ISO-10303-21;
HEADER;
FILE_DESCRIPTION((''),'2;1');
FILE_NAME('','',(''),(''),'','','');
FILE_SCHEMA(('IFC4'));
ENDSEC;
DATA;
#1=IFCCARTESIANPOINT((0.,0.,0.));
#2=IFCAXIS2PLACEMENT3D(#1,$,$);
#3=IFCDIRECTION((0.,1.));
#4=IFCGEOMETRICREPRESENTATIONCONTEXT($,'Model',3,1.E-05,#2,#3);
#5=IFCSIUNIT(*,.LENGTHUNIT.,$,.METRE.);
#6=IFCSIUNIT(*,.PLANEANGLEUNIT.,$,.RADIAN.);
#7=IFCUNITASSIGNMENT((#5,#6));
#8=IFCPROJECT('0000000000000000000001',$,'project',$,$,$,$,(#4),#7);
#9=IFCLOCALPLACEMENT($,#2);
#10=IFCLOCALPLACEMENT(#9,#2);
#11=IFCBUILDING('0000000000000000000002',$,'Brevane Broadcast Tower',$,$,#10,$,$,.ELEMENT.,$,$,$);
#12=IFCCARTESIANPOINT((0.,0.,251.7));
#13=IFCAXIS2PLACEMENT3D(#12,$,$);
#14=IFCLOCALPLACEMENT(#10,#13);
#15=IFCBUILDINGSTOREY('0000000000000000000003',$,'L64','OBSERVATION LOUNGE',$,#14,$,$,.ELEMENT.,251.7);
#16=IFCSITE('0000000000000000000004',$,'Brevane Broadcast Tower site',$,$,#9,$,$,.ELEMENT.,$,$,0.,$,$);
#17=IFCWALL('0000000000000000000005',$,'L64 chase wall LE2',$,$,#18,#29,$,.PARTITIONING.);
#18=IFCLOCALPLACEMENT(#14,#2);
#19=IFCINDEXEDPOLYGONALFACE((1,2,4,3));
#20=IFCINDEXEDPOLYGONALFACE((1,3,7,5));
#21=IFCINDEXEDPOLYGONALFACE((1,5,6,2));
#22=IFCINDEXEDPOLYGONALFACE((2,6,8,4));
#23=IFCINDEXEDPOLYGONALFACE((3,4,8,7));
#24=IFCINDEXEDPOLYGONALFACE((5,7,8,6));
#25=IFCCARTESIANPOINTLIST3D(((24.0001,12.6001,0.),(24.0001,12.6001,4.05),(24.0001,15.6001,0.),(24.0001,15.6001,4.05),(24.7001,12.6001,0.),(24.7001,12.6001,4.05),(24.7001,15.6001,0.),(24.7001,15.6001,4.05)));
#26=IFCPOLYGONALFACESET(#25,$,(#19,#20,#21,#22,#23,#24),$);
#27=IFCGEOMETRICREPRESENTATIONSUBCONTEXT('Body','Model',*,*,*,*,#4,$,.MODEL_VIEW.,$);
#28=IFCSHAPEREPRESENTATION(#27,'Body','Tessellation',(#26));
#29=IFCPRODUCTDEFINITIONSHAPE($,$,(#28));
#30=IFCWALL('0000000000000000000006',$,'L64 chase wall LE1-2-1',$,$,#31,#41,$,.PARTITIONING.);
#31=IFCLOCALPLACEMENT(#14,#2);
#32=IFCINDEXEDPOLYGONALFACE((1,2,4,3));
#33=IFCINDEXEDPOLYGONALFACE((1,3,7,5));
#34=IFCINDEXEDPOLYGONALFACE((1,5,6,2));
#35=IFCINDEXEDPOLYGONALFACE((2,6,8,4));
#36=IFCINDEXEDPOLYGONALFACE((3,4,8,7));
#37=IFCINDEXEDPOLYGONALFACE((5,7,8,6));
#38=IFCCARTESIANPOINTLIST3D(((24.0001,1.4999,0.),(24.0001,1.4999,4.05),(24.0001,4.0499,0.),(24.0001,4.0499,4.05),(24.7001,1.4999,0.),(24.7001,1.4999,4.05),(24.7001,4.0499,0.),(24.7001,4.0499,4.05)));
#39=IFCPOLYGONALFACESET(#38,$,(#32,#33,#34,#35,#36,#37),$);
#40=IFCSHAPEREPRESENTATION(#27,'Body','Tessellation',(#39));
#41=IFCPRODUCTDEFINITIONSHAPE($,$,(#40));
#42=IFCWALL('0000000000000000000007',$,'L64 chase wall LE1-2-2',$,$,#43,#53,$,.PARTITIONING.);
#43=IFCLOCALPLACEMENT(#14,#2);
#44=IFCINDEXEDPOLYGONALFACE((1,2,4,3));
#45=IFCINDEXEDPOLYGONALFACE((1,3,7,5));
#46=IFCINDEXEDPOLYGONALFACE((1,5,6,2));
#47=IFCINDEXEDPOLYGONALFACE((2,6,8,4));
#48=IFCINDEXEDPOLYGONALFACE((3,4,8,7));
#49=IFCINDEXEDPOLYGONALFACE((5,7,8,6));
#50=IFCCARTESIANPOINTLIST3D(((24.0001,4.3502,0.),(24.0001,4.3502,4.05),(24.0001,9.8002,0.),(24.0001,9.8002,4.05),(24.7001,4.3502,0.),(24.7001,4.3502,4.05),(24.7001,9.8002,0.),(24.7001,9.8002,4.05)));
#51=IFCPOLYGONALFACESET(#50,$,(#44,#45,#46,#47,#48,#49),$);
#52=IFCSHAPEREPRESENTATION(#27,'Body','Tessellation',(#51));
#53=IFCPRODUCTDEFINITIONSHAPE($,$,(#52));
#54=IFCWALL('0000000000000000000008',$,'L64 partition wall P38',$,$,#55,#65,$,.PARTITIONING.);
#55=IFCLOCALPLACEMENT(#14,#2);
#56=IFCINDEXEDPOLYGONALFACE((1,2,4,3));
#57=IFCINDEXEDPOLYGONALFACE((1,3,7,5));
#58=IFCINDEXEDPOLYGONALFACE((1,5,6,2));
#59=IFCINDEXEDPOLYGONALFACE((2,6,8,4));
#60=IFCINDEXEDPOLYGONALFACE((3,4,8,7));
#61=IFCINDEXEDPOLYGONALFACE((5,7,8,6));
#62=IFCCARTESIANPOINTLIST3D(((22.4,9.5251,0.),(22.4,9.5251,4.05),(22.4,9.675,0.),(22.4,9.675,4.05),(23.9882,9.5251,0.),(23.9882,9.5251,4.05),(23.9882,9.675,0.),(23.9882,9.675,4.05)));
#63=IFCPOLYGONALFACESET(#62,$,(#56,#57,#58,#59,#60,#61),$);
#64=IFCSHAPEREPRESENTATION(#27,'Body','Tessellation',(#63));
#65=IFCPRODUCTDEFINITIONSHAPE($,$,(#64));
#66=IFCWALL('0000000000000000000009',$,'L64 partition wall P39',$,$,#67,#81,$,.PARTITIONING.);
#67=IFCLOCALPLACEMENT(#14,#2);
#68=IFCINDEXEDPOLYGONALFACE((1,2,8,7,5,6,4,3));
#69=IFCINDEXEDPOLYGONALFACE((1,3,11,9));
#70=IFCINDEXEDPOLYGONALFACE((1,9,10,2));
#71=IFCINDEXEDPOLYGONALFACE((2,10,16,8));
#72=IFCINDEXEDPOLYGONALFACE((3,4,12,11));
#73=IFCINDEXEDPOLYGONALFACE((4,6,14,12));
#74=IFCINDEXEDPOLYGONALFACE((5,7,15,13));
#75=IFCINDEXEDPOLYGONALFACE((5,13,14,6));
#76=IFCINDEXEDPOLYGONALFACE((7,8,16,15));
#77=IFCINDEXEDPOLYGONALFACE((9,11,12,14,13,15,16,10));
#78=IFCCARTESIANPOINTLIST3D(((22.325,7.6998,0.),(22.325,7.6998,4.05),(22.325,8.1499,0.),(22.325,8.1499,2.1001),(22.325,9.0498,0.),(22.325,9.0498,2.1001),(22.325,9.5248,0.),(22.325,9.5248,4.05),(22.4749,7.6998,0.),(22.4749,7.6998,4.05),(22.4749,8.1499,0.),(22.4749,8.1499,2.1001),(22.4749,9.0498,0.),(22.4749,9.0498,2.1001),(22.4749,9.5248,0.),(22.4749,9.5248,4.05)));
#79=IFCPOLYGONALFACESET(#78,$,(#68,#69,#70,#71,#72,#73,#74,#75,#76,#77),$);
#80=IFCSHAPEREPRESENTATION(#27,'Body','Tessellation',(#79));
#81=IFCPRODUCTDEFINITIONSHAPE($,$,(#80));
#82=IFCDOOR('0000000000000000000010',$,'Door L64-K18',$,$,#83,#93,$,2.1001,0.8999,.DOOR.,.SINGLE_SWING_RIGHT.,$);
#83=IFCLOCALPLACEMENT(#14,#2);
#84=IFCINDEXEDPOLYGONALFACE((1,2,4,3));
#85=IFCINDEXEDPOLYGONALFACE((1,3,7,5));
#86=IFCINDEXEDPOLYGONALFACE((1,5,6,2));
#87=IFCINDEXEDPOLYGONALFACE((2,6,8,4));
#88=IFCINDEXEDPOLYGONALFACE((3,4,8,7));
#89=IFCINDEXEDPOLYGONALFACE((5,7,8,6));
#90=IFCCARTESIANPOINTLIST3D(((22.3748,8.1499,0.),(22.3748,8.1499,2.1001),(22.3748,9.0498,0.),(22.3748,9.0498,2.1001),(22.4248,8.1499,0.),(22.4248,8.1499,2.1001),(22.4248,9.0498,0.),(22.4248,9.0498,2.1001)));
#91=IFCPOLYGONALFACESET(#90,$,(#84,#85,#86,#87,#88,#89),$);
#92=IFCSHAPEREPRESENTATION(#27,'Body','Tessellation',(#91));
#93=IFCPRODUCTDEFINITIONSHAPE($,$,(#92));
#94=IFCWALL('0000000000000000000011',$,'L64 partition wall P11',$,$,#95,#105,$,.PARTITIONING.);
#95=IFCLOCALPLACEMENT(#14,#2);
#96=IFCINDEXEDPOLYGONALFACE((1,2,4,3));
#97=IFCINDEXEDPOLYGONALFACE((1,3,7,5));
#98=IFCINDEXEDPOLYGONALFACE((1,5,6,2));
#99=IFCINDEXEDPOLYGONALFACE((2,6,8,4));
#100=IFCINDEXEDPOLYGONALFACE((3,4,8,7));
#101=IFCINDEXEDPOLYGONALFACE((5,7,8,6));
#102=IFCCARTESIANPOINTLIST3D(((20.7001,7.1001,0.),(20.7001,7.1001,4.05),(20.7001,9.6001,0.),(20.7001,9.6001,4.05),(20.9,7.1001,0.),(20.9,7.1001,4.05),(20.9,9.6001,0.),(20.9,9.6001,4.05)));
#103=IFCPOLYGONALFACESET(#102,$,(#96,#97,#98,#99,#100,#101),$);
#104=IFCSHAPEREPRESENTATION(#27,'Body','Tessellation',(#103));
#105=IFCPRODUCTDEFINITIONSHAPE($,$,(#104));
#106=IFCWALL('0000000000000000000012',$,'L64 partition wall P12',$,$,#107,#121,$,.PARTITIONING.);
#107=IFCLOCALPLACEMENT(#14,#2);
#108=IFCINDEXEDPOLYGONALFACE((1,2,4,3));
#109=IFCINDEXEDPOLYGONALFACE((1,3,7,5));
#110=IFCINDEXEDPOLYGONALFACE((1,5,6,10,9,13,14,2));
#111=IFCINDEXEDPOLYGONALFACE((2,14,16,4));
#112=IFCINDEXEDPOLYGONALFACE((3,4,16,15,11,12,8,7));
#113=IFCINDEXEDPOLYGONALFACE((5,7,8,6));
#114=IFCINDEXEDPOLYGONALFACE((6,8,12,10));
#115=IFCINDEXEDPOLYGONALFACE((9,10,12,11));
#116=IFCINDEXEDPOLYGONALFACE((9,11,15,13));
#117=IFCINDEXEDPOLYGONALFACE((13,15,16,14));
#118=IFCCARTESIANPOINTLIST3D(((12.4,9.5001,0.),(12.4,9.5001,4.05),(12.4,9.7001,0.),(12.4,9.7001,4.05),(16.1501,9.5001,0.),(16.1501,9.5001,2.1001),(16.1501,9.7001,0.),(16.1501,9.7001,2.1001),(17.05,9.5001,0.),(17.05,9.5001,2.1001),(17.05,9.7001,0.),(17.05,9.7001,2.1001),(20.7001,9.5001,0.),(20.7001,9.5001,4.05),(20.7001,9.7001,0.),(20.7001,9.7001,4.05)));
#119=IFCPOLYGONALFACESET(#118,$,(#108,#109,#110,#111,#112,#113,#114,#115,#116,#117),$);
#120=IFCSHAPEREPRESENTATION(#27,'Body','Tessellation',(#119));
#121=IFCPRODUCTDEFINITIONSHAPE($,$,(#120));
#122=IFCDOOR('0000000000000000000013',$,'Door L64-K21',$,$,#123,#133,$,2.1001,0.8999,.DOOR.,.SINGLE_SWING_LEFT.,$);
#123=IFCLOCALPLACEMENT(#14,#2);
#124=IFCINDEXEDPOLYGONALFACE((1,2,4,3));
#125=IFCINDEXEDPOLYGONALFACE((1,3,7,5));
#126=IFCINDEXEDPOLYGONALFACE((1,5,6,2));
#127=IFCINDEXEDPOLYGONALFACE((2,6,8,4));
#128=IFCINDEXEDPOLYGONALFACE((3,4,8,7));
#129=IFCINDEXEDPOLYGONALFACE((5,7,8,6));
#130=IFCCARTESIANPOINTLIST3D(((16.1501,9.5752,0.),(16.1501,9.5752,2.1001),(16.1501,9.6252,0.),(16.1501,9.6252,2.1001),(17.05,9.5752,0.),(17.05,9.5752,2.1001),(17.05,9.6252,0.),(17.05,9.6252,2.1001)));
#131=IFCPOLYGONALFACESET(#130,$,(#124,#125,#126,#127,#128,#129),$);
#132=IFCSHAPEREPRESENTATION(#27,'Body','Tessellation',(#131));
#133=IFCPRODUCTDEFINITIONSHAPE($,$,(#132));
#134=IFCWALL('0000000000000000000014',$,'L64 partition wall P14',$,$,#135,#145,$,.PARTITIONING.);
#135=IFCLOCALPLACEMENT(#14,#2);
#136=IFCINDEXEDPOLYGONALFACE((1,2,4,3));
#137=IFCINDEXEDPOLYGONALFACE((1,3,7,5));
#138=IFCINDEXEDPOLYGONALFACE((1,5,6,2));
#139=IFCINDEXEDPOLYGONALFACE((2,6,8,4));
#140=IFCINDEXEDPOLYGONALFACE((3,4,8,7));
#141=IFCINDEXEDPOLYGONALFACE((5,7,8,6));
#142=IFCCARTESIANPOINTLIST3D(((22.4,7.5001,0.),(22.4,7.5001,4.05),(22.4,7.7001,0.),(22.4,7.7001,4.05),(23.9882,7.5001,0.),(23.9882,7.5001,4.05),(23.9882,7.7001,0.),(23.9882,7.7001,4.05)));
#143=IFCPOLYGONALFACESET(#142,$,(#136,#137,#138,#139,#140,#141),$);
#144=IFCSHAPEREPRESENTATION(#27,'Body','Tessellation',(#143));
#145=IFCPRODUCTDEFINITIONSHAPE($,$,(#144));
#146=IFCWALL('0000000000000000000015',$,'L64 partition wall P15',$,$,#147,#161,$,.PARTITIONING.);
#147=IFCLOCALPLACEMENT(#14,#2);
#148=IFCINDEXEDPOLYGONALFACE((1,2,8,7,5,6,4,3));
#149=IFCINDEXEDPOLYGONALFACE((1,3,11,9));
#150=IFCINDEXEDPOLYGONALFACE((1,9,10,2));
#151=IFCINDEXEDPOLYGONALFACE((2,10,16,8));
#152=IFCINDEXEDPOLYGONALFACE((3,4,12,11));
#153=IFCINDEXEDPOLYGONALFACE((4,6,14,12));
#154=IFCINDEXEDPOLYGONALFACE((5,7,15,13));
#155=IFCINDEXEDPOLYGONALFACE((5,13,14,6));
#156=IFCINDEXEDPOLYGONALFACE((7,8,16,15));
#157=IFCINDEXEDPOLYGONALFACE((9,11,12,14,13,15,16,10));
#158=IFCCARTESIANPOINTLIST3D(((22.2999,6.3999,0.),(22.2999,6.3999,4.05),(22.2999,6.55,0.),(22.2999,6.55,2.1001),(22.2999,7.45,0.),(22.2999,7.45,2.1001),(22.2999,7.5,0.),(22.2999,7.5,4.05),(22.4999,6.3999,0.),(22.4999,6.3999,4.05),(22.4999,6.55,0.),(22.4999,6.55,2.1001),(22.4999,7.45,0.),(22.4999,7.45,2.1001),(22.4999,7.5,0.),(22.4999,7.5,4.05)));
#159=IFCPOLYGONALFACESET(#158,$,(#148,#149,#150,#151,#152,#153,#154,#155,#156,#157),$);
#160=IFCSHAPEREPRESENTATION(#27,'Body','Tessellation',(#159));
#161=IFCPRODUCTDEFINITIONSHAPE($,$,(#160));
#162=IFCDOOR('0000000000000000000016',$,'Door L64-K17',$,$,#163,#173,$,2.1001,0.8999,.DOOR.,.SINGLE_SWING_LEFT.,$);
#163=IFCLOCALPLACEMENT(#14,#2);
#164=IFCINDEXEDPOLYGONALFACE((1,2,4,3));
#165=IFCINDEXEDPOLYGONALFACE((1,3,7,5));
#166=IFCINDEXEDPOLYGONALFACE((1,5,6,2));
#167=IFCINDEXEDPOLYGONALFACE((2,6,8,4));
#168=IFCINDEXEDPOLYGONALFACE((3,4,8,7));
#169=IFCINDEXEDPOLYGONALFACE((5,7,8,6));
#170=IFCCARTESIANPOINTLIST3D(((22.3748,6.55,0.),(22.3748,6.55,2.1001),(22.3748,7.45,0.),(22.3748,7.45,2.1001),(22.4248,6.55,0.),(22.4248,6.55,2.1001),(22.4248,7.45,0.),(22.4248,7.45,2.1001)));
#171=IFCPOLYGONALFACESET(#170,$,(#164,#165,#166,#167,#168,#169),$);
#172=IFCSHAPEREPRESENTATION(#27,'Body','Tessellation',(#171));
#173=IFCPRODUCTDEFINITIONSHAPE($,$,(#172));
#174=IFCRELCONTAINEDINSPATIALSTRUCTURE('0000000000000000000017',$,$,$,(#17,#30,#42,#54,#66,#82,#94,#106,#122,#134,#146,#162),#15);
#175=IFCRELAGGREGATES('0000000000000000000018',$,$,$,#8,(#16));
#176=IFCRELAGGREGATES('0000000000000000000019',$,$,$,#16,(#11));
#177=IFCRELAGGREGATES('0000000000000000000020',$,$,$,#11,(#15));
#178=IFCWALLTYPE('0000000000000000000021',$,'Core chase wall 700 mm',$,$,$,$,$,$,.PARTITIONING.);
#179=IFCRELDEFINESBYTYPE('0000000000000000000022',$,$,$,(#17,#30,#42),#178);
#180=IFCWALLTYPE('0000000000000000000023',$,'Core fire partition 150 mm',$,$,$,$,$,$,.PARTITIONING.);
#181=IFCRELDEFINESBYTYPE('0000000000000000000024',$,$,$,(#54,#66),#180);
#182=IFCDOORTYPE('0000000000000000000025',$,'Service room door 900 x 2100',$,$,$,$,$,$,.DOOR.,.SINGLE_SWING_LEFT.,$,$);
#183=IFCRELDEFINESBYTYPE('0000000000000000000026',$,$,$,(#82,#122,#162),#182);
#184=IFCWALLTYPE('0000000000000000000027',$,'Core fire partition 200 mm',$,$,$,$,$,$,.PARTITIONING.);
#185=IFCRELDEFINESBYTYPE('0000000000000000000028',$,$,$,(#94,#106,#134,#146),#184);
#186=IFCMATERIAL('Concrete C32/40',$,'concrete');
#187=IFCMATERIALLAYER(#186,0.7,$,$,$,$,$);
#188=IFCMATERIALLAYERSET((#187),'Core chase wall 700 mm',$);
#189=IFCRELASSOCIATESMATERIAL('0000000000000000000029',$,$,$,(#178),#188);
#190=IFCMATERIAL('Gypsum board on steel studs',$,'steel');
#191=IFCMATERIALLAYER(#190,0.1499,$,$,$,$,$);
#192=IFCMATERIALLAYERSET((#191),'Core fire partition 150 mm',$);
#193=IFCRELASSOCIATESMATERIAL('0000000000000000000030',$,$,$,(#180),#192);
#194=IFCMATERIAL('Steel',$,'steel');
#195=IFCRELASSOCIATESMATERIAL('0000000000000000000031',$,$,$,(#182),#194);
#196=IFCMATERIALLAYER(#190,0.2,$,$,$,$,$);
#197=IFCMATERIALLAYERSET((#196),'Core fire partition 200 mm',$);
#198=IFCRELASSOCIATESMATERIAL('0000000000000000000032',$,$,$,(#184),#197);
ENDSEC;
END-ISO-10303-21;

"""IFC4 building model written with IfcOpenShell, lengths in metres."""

from ifc_helpers import new_model, si_unit, direction, frame, frame_2d, origin, place, context, subcontext, project, spatial, rectangle, extrude, material, layer, layer_set, type_object, element, fill, save


model = new_model("IFC4")

# Units and contexts
model_context = context("Model", 3, precision=1e-05, world=origin(), true_north=direction((0.0, 1.0)))
body_context = subcontext(model_context, "Body", "Model", "MODEL_VIEW")
ifc_project = project(units=[si_unit("LENGTHUNIT", "METRE"), si_unit("PLANEANGLEUNIT", "RADIAN")], contexts=[model_context])

# Site, building, storey
site_placement = place(None, origin())
site = spatial("IfcSite", under=ifc_project, at=site_placement, Name="Brevane Broadcast Tower site", CompositionType="ELEMENT", RefElevation=0.0)
building_placement = place(site_placement, origin())
building = spatial("IfcBuilding", under=site, at=building_placement, Name="Brevane Broadcast Tower", CompositionType="ELEMENT")
storey_placement = place(building_placement, frame((0.0, 0.0, 251.7)))
storey = spatial("IfcBuildingStorey", under=building, at=storey_placement, Name="L64", Description="OBSERVATION LOUNGE", CompositionType="ELEMENT", Elevation=251.7)

# Walls
ifc_material_1 = material(Name="Concrete C32/40", Category="concrete")
ifc_layer_1 = layer(ifc_material_1, 0.7)
ifc_layer_set_1 = layer_set([ifc_layer_1], Name="Core chase wall 700 mm")
wall_type_1 = type_object("IfcWallType", Name="Core chase wall 700 mm", PredefinedType="PARTITIONING", material=ifc_layer_set_1)
wall_1_placement = place(storey_placement, frame((24.3501, 12.6001, 0.0), z_axis=(0.0, 0.0, 1.0), x_axis=(0.0, 1.0, 0.0)))
element("IfcWall", 1, at=wall_1_placement, inside=storey, type_object=wall_type_1, Name="L64 chase wall LE2", PredefinedType="PARTITIONING", context=body_context, shape_type="SweptSolid", body=[
    extrude(rectangle(XDim=3.0, YDim=0.7, at=frame_2d((1.5, 0.0))), origin(), (0.0, 0.0, 1.0), 4.05),
])
wall_2_placement = place(storey_placement, frame((24.3501, 1.5, 0.0), z_axis=(0.0, 0.0, 1.0), x_axis=(0.0, 1.0, 0.0)))
element("IfcWall", 2, at=wall_2_placement, inside=storey, type_object=wall_type_1, Name="L64 chase wall LE1-2-1", PredefinedType="PARTITIONING", context=body_context, shape_type="SweptSolid", body=[
    extrude(rectangle(XDim=2.55, YDim=0.7, at=frame_2d((1.2749, 0.0))), origin(), (0.0, 0.0, 1.0), 4.05),
])
wall_3_placement = place(storey_placement, frame((24.3501, 4.3501, 0.0), z_axis=(0.0, 0.0, 1.0), x_axis=(0.0, 1.0, 0.0)))
element("IfcWall", 3, at=wall_3_placement, inside=storey, type_object=wall_type_1, Name="L64 chase wall LE1-2-2", PredefinedType="PARTITIONING", context=body_context, shape_type="SweptSolid", body=[
    extrude(rectangle(XDim=5.45, YDim=0.7, at=frame_2d((2.7251, 0.0))), origin(), (0.0, 0.0, 1.0), 4.05),
])
ifc_material_2 = material(Name="Gypsum board on steel studs", Category="steel")
ifc_layer_2 = layer(ifc_material_2, 0.1499)
ifc_layer_set_2 = layer_set([ifc_layer_2], Name="Core fire partition 150 mm")
wall_type_2 = type_object("IfcWallType", Name="Core fire partition 150 mm", PredefinedType="PARTITIONING", material=ifc_layer_set_2)
wall_4_placement = place(storey_placement, frame((23.988, 9.6001, 0.0), z_axis=(0.0, 0.0, 1.0), x_axis=(-1.0, 0.0, 0.0)))
element("IfcWall", 4, at=wall_4_placement, inside=storey, type_object=wall_type_2, Name="L64 partition wall P38", PredefinedType="PARTITIONING", context=body_context, shape_type="SweptSolid", body=[
    extrude(rectangle(XDim=1.5881, YDim=0.1499, at=frame_2d((0.7939, 0.0))), origin(), (0.0, 0.0, 1.0), 4.05),
])

# Wall, opening, door
wall_5_placement = place(storey_placement, frame((22.3999, 9.5249, 0.0), z_axis=(0.0, 0.0, 1.0), x_axis=(0.0, -1.0, 0.0)))
wall_5 = element("IfcWall", 5, at=wall_5_placement, inside=storey, type_object=wall_type_2, Name="L64 partition wall P39", PredefinedType="PARTITIONING", context=body_context, shape_type="SweptSolid", body=[
    extrude(rectangle(XDim=1.825, YDim=0.1499, at=frame_2d((0.9126, 0.0))), origin(), (0.0, 0.0, 1.0), 4.05),
])
opening_1_placement = place(wall_5_placement, frame((0.4751, 0.0, 0.0)))
opening_1 = element("IfcOpeningElement", 6, at=opening_1_placement, cuts=wall_5, PredefinedType="OPENING", context=body_context, shape_type="SweptSolid", body=[
    extrude(rectangle(XDim=0.8999, YDim=2.1001, at=frame_2d((0.45, 1.05))), frame((0.0, 0.085, 0.0), z_axis=(0.0, -1.0, 0.0), x_axis=(1.0, 0.0, 0.0)), (0.0, 0.0, 1.0), 0.1699),
])
ifc_material_3 = material(Name="Steel", Category="steel")
door_type_1 = type_object("IfcDoorType", Name="Service room door 900 x 2100", OperationType="SINGLE_SWING_LEFT", PredefinedType="DOOR", material=ifc_material_3)
door_1_placement = place(opening_1_placement, origin())
door_1 = element("IfcDoor", 7, at=door_1_placement, inside=storey, type_object=door_type_1, Name="Door L64-K18", OperationType="SINGLE_SWING_RIGHT", OverallHeight=2.1001, OverallWidth=0.8999, PredefinedType="DOOR", context=body_context, shape_type="SweptSolid", body=[
    extrude(rectangle(XDim=0.8999, YDim=2.1001, at=frame_2d((0.45, 1.05))), frame((0.0, 0.0249, 0.0), z_axis=(0.0, -1.0, 0.0), x_axis=(1.0, 0.0, 0.0)), (0.0, 0.0, 1.0), 0.05),
])
fill(opening_1, door_1)

# Wall
ifc_layer_3 = layer(ifc_material_2, 0.2)
ifc_layer_set_3 = layer_set([ifc_layer_3], Name="Core fire partition 200 mm")
wall_type_3 = type_object("IfcWallType", Name="Core fire partition 200 mm", PredefinedType="PARTITIONING", material=ifc_layer_set_3)
wall_6_placement = place(storey_placement, frame((20.8, 7.1001, 0.0), z_axis=(0.0, 0.0, 1.0), x_axis=(0.0, 1.0, 0.0)))
element("IfcWall", 8, at=wall_6_placement, inside=storey, type_object=wall_type_3, Name="L64 partition wall P11", PredefinedType="PARTITIONING", context=body_context, shape_type="SweptSolid", body=[
    extrude(rectangle(XDim=2.5, YDim=0.2, at=frame_2d((1.25, 0.0))), origin(), (0.0, 0.0, 1.0), 4.05),
])

# Wall, opening, door
wall_7_placement = place(storey_placement, frame((20.7, 9.6001, 0.0), z_axis=(0.0, 0.0, 1.0), x_axis=(-1.0, 0.0, 0.0)))
wall_7 = element("IfcWall", 9, at=wall_7_placement, inside=storey, type_object=wall_type_3, Name="L64 partition wall P12", PredefinedType="PARTITIONING", context=body_context, shape_type="SweptSolid", body=[
    extrude(rectangle(XDim=8.3, YDim=0.2, at=frame_2d((4.1499, 0.0))), origin(), (0.0, 0.0, 1.0), 4.05),
])
opening_2_placement = place(wall_7_placement, frame((3.6499, 0.0, 0.0)))
opening_2 = element("IfcOpeningElement", 10, at=opening_2_placement, cuts=wall_7, PredefinedType="OPENING", context=body_context, shape_type="SweptSolid", body=[
    extrude(rectangle(XDim=0.8999, YDim=2.1001, at=frame_2d((0.45, 1.05))), frame((0.0, 0.1099, 0.0), z_axis=(0.0, -1.0, 0.0), x_axis=(1.0, 0.0, 0.0)), (0.0, 0.0, 1.0), 0.22),
])
door_2_placement = place(opening_2_placement, origin())
door_2 = element("IfcDoor", 11, at=door_2_placement, inside=storey, type_object=door_type_1, Name="Door L64-K21", OperationType="SINGLE_SWING_LEFT", OverallHeight=2.1001, OverallWidth=0.8999, PredefinedType="DOOR", context=body_context, shape_type="SweptSolid", body=[
    extrude(rectangle(XDim=0.8999, YDim=2.1001, at=frame_2d((0.45, 1.05))), frame((0.0, 0.0249, 0.0), z_axis=(0.0, -1.0, 0.0), x_axis=(1.0, 0.0, 0.0)), (0.0, 0.0, 1.0), 0.05),
])
fill(opening_2, door_2)

# Wall
wall_8_placement = place(storey_placement, frame((23.988, 7.6001, 0.0), z_axis=(0.0, 0.0, 1.0), x_axis=(-1.0, 0.0, 0.0)))
element("IfcWall", 12, at=wall_8_placement, inside=storey, type_object=wall_type_3, Name="L64 partition wall P14", PredefinedType="PARTITIONING", context=body_context, shape_type="SweptSolid", body=[
    extrude(rectangle(XDim=1.5881, YDim=0.2, at=frame_2d((0.7939, 0.0))), origin(), (0.0, 0.0, 1.0), 4.05),
])

# Wall, opening, door
wall_9_placement = place(storey_placement, frame((22.3999, 7.5, 0.0), z_axis=(0.0, 0.0, 1.0), x_axis=(0.0, -1.0, 0.0)))
wall_9 = element("IfcWall", 13, at=wall_9_placement, inside=storey, type_object=wall_type_3, Name="L64 partition wall P15", PredefinedType="PARTITIONING", context=body_context, shape_type="SweptSolid", body=[
    extrude(rectangle(XDim=1.1001, YDim=0.2, at=frame_2d((0.55, 0.0))), origin(), (0.0, 0.0, 1.0), 4.05),
])
opening_3_placement = place(wall_9_placement, frame((0.05, 0.0, 0.0)))
opening_3 = element("IfcOpeningElement", 14, at=opening_3_placement, cuts=wall_9, PredefinedType="OPENING", context=body_context, shape_type="SweptSolid", body=[
    extrude(rectangle(XDim=0.8999, YDim=2.1001, at=frame_2d((0.45, 1.05))), frame((0.0, 0.1099, 0.0), z_axis=(0.0, -1.0, 0.0), x_axis=(1.0, 0.0, 0.0)), (0.0, 0.0, 1.0), 0.22),
])
door_3_placement = place(opening_3_placement, origin())
door_3 = element("IfcDoor", 15, at=door_3_placement, inside=storey, type_object=door_type_1, Name="Door L64-K17", OperationType="SINGLE_SWING_LEFT", OverallHeight=2.1001, OverallWidth=0.8999, PredefinedType="DOOR", context=body_context, shape_type="SweptSolid", body=[
    extrude(rectangle(XDim=0.8999, YDim=2.1001, at=frame_2d((0.45, 1.05))), frame((0.0, 0.0249, 0.0), z_axis=(0.0, -1.0, 0.0), x_axis=(1.0, 0.0, 0.0)), (0.0, 0.0, 1.0), 0.05),
])
fill(opening_3, door_3)

save(model, "model.ifc")
